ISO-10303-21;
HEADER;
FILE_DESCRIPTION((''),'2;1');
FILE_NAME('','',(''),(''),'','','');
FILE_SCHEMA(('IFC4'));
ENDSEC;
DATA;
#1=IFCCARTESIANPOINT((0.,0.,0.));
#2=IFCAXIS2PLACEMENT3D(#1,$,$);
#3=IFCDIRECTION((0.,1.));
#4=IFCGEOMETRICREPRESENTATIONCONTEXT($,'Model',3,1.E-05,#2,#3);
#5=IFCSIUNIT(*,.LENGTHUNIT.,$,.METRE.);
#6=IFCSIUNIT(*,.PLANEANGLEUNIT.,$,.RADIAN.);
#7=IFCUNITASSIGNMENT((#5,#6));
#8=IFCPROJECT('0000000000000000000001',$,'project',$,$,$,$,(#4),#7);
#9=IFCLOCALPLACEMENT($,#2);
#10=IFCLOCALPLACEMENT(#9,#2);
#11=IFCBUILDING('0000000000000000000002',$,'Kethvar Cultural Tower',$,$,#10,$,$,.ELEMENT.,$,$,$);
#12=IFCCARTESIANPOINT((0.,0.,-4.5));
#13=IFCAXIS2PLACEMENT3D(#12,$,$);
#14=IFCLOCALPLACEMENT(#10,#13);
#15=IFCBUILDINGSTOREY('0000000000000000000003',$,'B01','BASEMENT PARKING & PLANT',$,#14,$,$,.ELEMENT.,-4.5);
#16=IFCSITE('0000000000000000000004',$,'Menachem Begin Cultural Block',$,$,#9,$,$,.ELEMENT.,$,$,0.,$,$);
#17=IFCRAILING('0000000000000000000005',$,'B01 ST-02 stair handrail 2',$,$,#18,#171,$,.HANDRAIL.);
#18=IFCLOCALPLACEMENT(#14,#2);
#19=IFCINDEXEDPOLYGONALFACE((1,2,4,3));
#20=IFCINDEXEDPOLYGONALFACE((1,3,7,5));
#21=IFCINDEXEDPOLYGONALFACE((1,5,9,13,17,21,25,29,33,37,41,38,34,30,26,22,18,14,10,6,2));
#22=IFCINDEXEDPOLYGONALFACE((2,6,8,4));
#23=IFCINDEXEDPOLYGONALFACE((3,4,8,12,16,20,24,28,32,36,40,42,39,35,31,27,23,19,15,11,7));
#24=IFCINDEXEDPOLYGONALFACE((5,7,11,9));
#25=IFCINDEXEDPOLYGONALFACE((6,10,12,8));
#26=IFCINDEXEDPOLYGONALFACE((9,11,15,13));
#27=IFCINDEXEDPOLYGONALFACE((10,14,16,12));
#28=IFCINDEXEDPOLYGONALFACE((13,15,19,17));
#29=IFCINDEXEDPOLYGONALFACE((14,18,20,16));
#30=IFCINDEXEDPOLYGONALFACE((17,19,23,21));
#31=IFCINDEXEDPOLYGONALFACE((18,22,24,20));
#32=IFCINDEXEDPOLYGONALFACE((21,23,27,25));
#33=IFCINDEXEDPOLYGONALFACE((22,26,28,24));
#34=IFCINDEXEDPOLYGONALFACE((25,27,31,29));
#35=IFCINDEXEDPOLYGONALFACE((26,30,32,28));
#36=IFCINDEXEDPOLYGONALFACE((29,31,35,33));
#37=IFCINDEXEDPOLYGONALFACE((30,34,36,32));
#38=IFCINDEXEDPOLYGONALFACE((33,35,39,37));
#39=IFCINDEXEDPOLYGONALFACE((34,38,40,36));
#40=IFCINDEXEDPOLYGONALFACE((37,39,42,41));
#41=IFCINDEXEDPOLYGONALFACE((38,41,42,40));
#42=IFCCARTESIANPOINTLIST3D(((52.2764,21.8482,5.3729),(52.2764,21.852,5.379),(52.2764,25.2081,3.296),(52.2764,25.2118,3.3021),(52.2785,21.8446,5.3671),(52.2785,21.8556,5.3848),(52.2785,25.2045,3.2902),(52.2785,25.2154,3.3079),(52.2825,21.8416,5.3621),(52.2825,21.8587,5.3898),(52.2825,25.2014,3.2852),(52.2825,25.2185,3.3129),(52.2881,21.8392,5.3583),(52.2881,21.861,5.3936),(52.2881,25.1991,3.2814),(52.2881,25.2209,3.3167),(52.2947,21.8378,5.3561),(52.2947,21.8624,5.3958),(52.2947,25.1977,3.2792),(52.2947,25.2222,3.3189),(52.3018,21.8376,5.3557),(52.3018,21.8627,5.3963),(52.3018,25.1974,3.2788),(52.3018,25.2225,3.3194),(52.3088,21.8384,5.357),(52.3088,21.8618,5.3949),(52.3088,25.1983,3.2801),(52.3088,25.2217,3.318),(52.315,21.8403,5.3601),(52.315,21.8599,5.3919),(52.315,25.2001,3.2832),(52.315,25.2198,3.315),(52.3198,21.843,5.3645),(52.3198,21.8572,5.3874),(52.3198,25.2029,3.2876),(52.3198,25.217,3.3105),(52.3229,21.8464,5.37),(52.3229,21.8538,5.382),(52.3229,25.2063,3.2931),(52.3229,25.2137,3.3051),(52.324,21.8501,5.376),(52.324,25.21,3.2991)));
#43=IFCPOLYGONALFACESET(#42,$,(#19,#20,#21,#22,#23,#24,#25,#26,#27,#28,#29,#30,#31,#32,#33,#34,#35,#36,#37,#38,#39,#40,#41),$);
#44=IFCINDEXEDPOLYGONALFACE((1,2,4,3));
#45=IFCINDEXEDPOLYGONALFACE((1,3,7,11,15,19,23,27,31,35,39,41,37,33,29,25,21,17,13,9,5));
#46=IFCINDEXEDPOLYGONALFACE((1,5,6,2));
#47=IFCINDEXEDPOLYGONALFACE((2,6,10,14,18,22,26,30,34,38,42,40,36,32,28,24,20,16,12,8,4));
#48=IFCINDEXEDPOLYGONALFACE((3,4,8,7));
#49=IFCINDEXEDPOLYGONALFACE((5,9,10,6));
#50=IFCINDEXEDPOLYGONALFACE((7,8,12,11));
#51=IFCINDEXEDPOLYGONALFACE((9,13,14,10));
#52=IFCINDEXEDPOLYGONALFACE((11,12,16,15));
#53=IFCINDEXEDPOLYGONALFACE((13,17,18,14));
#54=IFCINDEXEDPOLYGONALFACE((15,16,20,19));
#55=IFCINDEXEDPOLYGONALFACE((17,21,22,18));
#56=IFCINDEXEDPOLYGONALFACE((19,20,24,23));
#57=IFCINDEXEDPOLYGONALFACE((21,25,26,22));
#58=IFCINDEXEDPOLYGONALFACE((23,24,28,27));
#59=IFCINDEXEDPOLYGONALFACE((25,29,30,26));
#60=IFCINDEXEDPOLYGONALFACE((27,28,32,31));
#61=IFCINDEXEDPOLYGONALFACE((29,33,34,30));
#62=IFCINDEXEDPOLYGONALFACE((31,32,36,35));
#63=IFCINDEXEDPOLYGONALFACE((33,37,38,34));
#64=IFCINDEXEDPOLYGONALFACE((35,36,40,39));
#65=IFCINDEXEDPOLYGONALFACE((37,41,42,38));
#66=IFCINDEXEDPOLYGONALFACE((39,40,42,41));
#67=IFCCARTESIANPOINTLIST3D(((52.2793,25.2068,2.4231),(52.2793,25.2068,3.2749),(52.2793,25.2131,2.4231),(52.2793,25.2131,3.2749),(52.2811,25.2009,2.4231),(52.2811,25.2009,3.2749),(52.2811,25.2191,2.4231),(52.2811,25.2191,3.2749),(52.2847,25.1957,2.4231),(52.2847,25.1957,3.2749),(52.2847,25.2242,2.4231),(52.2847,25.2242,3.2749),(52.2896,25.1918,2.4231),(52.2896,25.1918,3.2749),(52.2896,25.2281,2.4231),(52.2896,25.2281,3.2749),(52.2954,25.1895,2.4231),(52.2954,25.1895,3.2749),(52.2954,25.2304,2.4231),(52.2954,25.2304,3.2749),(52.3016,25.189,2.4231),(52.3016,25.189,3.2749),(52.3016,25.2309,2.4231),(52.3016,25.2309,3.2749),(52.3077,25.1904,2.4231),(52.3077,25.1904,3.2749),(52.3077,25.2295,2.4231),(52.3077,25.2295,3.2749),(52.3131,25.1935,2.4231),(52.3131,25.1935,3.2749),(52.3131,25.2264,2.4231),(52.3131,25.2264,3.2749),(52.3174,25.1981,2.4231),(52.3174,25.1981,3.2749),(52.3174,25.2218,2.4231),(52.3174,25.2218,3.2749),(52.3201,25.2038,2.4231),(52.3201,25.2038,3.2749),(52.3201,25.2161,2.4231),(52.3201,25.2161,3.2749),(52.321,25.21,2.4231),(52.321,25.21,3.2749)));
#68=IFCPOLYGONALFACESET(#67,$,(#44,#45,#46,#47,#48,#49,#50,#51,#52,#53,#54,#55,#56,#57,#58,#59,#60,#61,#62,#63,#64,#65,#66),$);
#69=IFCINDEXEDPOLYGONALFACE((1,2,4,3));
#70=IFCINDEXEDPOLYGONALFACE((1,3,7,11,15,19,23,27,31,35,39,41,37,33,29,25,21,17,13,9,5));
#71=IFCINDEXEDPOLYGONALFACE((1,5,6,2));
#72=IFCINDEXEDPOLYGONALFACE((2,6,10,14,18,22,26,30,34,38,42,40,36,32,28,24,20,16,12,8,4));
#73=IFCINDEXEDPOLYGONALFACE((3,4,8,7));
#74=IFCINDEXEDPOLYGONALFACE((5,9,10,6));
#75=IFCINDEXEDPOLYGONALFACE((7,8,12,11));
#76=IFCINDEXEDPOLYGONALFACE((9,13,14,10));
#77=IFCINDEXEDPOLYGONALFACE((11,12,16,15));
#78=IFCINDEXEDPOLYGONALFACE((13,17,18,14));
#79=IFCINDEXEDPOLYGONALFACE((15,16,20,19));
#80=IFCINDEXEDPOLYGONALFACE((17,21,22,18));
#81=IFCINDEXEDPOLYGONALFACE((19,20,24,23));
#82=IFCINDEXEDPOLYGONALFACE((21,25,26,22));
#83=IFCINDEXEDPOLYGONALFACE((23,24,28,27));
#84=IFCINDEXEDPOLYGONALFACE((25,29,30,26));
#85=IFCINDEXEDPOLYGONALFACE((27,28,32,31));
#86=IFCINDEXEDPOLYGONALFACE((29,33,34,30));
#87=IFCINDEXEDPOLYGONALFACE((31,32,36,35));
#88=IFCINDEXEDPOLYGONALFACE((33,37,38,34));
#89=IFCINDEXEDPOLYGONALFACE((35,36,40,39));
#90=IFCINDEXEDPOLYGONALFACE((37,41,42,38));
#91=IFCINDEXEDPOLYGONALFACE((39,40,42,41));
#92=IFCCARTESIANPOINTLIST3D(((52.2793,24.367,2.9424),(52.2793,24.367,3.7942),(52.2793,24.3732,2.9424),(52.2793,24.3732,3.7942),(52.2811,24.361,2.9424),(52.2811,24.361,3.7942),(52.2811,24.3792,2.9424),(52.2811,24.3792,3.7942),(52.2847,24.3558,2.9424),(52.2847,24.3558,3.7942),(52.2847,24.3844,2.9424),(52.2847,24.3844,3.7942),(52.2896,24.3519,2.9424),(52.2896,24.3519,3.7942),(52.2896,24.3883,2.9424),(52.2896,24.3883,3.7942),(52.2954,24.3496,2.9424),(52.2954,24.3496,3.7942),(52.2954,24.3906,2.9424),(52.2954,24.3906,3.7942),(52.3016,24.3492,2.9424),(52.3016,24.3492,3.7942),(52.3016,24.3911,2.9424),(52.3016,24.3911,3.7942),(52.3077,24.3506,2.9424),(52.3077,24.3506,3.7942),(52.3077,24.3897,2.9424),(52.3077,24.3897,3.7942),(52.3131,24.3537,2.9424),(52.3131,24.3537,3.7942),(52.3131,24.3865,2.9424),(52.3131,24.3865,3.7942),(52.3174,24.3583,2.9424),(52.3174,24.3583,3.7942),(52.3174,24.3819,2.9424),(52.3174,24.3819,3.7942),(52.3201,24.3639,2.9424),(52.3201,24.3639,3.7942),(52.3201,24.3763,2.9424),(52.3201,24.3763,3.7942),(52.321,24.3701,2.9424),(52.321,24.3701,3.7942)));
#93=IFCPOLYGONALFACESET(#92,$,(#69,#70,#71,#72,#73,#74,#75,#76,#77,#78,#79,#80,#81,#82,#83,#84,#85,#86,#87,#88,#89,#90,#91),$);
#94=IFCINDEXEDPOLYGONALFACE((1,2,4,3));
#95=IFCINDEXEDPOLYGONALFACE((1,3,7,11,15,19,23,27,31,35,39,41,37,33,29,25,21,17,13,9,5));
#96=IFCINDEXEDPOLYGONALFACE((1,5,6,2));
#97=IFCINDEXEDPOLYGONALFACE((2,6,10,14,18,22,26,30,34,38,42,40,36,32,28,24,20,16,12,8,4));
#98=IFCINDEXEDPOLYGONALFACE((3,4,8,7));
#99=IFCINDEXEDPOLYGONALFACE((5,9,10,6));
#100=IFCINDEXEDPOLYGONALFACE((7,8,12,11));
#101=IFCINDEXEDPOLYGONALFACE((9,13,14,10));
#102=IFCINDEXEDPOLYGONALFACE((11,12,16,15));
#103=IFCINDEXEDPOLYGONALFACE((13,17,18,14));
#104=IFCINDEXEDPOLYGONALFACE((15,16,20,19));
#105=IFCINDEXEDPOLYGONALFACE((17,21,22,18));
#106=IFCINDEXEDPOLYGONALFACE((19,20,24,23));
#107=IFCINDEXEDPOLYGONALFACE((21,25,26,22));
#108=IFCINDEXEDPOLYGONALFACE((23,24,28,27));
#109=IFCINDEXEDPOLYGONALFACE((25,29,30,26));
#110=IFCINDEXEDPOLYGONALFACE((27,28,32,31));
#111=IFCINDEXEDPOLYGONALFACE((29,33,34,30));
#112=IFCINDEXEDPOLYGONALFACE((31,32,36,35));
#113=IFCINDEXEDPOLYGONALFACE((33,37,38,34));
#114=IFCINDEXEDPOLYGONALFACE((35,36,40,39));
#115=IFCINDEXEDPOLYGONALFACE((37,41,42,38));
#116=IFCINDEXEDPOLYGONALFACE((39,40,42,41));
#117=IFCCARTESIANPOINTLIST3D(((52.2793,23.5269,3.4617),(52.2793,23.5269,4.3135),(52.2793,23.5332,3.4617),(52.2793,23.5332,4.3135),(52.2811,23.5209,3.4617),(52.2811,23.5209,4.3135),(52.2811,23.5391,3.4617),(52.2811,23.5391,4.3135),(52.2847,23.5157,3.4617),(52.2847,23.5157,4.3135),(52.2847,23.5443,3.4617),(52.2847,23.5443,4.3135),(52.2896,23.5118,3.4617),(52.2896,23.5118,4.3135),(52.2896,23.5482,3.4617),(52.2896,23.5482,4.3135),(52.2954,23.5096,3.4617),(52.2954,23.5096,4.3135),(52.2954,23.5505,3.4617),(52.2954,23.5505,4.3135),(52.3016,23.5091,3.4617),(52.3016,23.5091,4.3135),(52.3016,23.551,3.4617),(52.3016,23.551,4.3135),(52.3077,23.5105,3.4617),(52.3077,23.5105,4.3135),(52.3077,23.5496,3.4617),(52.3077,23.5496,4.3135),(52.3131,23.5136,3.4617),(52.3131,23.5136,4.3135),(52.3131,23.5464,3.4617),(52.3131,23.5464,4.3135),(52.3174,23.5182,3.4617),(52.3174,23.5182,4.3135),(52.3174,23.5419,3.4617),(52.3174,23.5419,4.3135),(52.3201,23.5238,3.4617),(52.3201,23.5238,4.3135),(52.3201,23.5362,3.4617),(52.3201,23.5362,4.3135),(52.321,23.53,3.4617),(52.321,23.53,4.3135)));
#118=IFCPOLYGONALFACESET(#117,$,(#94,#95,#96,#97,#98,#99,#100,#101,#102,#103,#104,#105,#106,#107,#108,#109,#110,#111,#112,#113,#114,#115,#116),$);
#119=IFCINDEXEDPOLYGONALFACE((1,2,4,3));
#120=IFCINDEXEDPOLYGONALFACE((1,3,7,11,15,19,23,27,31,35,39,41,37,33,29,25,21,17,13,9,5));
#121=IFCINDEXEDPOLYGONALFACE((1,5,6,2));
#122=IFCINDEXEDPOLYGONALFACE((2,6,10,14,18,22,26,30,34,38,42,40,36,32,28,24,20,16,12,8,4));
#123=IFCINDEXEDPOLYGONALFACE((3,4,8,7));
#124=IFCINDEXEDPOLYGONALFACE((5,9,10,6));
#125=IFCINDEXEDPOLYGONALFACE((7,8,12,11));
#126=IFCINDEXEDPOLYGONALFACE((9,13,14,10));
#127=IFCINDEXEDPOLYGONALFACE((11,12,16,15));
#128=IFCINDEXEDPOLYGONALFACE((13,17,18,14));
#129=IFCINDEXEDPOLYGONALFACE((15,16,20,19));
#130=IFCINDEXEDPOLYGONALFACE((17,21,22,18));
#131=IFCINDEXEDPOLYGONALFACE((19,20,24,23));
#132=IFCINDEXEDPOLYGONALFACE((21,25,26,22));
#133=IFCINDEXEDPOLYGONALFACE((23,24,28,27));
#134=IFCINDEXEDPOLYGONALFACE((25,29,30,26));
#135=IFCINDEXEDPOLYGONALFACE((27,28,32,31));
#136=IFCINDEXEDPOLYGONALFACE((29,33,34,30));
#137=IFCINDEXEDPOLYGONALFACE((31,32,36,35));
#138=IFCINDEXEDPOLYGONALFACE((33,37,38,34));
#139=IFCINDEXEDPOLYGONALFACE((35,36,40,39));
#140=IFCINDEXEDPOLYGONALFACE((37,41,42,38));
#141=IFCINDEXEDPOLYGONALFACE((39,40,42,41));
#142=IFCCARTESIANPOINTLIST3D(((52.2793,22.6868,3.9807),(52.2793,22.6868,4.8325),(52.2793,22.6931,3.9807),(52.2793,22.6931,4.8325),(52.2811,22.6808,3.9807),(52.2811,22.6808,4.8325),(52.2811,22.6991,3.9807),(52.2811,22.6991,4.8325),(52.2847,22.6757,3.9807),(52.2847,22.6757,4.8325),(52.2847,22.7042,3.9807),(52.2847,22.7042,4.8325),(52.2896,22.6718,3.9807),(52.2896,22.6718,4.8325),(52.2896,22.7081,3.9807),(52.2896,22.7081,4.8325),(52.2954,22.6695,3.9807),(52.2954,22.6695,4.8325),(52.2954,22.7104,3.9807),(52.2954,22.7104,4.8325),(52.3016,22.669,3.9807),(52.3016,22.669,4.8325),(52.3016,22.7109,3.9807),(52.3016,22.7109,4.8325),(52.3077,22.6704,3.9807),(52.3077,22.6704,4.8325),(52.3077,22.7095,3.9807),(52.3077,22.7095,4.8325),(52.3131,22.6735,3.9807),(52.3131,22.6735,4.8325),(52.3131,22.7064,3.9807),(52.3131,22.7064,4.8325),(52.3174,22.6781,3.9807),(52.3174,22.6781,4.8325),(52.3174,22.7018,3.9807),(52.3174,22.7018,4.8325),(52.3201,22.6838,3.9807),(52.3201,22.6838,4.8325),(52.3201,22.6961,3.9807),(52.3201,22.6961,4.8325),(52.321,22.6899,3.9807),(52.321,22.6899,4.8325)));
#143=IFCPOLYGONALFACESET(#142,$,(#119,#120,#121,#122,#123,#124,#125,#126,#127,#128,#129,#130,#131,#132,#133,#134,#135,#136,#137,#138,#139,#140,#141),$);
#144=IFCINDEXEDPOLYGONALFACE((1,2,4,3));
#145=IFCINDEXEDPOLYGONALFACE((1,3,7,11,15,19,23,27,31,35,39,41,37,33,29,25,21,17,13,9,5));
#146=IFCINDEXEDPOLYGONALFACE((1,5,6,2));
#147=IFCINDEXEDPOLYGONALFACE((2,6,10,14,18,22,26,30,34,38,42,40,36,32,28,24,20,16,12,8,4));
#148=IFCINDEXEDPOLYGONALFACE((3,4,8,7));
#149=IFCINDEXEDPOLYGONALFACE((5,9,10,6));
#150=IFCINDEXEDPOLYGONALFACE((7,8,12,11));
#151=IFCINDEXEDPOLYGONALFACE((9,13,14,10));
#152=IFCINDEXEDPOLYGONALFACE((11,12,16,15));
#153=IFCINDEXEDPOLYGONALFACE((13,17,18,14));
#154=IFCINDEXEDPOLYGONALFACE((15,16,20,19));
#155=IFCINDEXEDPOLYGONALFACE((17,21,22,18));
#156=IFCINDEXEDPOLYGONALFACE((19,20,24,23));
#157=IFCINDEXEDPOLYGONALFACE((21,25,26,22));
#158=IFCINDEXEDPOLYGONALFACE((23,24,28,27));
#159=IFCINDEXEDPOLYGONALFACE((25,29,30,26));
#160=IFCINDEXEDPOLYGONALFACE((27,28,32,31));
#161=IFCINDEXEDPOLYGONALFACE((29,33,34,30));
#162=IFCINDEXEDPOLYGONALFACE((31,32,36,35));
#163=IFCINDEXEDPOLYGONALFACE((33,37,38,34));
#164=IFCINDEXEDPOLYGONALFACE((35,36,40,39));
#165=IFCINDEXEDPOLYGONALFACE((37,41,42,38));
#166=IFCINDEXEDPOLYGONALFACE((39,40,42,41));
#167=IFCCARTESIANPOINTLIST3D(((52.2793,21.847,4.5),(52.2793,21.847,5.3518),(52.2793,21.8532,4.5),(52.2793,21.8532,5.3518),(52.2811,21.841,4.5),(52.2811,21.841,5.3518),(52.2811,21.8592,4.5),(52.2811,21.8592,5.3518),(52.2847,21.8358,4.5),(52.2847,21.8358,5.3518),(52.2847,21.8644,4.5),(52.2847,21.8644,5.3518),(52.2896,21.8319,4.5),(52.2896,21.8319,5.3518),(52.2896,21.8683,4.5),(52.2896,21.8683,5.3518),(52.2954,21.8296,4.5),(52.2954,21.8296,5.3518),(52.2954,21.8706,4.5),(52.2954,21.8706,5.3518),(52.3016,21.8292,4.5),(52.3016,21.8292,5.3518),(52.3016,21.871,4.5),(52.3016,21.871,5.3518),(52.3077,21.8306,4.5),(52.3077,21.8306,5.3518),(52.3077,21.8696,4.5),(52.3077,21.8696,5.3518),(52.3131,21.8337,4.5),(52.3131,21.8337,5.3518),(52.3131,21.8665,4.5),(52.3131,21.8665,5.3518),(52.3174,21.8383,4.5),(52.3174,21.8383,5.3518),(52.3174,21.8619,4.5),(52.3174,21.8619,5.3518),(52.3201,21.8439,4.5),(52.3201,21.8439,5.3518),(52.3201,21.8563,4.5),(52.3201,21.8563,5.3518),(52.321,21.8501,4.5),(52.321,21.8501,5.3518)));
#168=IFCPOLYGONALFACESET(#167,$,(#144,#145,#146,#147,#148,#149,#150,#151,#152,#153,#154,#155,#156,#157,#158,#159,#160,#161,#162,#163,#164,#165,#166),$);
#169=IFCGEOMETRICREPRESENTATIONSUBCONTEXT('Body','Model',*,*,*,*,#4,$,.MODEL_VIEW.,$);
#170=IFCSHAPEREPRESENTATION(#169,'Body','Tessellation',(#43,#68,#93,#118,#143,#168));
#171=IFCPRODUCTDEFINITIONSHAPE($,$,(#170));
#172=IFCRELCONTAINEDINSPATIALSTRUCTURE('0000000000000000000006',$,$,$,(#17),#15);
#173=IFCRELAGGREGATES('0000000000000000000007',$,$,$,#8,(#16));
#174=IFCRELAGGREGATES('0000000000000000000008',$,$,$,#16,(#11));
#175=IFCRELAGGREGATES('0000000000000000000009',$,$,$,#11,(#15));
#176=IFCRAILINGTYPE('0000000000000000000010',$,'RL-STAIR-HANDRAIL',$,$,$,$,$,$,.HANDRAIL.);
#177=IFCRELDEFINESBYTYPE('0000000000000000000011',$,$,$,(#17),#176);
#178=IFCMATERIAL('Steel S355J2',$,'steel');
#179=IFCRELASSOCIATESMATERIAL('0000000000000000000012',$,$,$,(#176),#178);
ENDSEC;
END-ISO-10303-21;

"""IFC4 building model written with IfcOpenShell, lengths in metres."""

from ifc_helpers import new_model, si_unit, direction, frame, origin, origin_2d, place, context, subcontext, project, spatial, circle, extrude, material, type_object, element, save


model = new_model("IFC4")

# Units and contexts
model_context = context("Model", 3, precision=1e-05, world=origin(), true_north=direction((0.0, 1.0)))
body_context = subcontext(model_context, "Body", "Model", "MODEL_VIEW")
ifc_project = project(units=[si_unit("LENGTHUNIT", "METRE"), si_unit("PLANEANGLEUNIT", "RADIAN")], contexts=[model_context])

# Site, building, storey
site_placement = place(None, origin())
site = spatial("IfcSite", under=ifc_project, at=site_placement, Name="Menachem Begin Cultural Block", CompositionType="ELEMENT", RefElevation=0.0)
building_placement = place(site_placement, origin())
building = spatial("IfcBuilding", under=site, at=building_placement, Name="Kethvar Cultural Tower", CompositionType="ELEMENT")
storey_placement = place(building_placement, frame((0.0, 0.0, -4.5)))
storey = spatial("IfcBuildingStorey", under=building, at=storey_placement, Name="B01", Description="BASEMENT PARKING & PLANT", CompositionType="ELEMENT", Elevation=-4.5)

# Shared definitions
ifc_material_1 = material(Name="Steel S355J2", Category="steel")

# Railing
railing_type_1 = type_object("IfcRailingType", Name="RL-STAIR-HANDRAIL", PredefinedType="HANDRAIL", material=ifc_material_1)
railing_1_placement = place(storey_placement, frame((52.3, 25.21, 2.4231)))
element("IfcRailing", 1, at=railing_1_placement, inside=storey, type_object=railing_type_1, Name="B01 ST-02 stair handrail 2", PredefinedType="HANDRAIL", context=body_context, shape_type="SweptSolid", body=[
    extrude(circle(Radius=0.0239, at=origin_2d()), frame((0.0, 0.0, 0.876), z_axis=(0.0, -0.850606, 0.525803), x_axis=(1.0, 0.0, 0.0)), (0.0, 0.0, 1.0), 3.95),
    extrude(circle(Radius=0.021, at=origin_2d()), origin(), (0.0, 0.0, 1.0), 0.8518),
    extrude(circle(Radius=0.021, at=origin_2d()), frame((0.0, -0.8398, 0.5193)), (0.0, 0.0, 1.0), 0.8518),
    extrude(circle(Radius=0.021, at=origin_2d()), frame((0.0, -1.6799, 1.0386)), (0.0, 0.0, 1.0), 0.8518),
    extrude(circle(Radius=0.021, at=origin_2d()), frame((0.0, -2.52, 1.5576)), (0.0, 0.0, 1.0), 0.8518),
    extrude(circle(Radius=0.021, at=origin_2d()), frame((0.0, -3.3599, 2.0769)), (0.0, 0.0, 1.0), 0.8518),
])

save(model, "model.ifc")
